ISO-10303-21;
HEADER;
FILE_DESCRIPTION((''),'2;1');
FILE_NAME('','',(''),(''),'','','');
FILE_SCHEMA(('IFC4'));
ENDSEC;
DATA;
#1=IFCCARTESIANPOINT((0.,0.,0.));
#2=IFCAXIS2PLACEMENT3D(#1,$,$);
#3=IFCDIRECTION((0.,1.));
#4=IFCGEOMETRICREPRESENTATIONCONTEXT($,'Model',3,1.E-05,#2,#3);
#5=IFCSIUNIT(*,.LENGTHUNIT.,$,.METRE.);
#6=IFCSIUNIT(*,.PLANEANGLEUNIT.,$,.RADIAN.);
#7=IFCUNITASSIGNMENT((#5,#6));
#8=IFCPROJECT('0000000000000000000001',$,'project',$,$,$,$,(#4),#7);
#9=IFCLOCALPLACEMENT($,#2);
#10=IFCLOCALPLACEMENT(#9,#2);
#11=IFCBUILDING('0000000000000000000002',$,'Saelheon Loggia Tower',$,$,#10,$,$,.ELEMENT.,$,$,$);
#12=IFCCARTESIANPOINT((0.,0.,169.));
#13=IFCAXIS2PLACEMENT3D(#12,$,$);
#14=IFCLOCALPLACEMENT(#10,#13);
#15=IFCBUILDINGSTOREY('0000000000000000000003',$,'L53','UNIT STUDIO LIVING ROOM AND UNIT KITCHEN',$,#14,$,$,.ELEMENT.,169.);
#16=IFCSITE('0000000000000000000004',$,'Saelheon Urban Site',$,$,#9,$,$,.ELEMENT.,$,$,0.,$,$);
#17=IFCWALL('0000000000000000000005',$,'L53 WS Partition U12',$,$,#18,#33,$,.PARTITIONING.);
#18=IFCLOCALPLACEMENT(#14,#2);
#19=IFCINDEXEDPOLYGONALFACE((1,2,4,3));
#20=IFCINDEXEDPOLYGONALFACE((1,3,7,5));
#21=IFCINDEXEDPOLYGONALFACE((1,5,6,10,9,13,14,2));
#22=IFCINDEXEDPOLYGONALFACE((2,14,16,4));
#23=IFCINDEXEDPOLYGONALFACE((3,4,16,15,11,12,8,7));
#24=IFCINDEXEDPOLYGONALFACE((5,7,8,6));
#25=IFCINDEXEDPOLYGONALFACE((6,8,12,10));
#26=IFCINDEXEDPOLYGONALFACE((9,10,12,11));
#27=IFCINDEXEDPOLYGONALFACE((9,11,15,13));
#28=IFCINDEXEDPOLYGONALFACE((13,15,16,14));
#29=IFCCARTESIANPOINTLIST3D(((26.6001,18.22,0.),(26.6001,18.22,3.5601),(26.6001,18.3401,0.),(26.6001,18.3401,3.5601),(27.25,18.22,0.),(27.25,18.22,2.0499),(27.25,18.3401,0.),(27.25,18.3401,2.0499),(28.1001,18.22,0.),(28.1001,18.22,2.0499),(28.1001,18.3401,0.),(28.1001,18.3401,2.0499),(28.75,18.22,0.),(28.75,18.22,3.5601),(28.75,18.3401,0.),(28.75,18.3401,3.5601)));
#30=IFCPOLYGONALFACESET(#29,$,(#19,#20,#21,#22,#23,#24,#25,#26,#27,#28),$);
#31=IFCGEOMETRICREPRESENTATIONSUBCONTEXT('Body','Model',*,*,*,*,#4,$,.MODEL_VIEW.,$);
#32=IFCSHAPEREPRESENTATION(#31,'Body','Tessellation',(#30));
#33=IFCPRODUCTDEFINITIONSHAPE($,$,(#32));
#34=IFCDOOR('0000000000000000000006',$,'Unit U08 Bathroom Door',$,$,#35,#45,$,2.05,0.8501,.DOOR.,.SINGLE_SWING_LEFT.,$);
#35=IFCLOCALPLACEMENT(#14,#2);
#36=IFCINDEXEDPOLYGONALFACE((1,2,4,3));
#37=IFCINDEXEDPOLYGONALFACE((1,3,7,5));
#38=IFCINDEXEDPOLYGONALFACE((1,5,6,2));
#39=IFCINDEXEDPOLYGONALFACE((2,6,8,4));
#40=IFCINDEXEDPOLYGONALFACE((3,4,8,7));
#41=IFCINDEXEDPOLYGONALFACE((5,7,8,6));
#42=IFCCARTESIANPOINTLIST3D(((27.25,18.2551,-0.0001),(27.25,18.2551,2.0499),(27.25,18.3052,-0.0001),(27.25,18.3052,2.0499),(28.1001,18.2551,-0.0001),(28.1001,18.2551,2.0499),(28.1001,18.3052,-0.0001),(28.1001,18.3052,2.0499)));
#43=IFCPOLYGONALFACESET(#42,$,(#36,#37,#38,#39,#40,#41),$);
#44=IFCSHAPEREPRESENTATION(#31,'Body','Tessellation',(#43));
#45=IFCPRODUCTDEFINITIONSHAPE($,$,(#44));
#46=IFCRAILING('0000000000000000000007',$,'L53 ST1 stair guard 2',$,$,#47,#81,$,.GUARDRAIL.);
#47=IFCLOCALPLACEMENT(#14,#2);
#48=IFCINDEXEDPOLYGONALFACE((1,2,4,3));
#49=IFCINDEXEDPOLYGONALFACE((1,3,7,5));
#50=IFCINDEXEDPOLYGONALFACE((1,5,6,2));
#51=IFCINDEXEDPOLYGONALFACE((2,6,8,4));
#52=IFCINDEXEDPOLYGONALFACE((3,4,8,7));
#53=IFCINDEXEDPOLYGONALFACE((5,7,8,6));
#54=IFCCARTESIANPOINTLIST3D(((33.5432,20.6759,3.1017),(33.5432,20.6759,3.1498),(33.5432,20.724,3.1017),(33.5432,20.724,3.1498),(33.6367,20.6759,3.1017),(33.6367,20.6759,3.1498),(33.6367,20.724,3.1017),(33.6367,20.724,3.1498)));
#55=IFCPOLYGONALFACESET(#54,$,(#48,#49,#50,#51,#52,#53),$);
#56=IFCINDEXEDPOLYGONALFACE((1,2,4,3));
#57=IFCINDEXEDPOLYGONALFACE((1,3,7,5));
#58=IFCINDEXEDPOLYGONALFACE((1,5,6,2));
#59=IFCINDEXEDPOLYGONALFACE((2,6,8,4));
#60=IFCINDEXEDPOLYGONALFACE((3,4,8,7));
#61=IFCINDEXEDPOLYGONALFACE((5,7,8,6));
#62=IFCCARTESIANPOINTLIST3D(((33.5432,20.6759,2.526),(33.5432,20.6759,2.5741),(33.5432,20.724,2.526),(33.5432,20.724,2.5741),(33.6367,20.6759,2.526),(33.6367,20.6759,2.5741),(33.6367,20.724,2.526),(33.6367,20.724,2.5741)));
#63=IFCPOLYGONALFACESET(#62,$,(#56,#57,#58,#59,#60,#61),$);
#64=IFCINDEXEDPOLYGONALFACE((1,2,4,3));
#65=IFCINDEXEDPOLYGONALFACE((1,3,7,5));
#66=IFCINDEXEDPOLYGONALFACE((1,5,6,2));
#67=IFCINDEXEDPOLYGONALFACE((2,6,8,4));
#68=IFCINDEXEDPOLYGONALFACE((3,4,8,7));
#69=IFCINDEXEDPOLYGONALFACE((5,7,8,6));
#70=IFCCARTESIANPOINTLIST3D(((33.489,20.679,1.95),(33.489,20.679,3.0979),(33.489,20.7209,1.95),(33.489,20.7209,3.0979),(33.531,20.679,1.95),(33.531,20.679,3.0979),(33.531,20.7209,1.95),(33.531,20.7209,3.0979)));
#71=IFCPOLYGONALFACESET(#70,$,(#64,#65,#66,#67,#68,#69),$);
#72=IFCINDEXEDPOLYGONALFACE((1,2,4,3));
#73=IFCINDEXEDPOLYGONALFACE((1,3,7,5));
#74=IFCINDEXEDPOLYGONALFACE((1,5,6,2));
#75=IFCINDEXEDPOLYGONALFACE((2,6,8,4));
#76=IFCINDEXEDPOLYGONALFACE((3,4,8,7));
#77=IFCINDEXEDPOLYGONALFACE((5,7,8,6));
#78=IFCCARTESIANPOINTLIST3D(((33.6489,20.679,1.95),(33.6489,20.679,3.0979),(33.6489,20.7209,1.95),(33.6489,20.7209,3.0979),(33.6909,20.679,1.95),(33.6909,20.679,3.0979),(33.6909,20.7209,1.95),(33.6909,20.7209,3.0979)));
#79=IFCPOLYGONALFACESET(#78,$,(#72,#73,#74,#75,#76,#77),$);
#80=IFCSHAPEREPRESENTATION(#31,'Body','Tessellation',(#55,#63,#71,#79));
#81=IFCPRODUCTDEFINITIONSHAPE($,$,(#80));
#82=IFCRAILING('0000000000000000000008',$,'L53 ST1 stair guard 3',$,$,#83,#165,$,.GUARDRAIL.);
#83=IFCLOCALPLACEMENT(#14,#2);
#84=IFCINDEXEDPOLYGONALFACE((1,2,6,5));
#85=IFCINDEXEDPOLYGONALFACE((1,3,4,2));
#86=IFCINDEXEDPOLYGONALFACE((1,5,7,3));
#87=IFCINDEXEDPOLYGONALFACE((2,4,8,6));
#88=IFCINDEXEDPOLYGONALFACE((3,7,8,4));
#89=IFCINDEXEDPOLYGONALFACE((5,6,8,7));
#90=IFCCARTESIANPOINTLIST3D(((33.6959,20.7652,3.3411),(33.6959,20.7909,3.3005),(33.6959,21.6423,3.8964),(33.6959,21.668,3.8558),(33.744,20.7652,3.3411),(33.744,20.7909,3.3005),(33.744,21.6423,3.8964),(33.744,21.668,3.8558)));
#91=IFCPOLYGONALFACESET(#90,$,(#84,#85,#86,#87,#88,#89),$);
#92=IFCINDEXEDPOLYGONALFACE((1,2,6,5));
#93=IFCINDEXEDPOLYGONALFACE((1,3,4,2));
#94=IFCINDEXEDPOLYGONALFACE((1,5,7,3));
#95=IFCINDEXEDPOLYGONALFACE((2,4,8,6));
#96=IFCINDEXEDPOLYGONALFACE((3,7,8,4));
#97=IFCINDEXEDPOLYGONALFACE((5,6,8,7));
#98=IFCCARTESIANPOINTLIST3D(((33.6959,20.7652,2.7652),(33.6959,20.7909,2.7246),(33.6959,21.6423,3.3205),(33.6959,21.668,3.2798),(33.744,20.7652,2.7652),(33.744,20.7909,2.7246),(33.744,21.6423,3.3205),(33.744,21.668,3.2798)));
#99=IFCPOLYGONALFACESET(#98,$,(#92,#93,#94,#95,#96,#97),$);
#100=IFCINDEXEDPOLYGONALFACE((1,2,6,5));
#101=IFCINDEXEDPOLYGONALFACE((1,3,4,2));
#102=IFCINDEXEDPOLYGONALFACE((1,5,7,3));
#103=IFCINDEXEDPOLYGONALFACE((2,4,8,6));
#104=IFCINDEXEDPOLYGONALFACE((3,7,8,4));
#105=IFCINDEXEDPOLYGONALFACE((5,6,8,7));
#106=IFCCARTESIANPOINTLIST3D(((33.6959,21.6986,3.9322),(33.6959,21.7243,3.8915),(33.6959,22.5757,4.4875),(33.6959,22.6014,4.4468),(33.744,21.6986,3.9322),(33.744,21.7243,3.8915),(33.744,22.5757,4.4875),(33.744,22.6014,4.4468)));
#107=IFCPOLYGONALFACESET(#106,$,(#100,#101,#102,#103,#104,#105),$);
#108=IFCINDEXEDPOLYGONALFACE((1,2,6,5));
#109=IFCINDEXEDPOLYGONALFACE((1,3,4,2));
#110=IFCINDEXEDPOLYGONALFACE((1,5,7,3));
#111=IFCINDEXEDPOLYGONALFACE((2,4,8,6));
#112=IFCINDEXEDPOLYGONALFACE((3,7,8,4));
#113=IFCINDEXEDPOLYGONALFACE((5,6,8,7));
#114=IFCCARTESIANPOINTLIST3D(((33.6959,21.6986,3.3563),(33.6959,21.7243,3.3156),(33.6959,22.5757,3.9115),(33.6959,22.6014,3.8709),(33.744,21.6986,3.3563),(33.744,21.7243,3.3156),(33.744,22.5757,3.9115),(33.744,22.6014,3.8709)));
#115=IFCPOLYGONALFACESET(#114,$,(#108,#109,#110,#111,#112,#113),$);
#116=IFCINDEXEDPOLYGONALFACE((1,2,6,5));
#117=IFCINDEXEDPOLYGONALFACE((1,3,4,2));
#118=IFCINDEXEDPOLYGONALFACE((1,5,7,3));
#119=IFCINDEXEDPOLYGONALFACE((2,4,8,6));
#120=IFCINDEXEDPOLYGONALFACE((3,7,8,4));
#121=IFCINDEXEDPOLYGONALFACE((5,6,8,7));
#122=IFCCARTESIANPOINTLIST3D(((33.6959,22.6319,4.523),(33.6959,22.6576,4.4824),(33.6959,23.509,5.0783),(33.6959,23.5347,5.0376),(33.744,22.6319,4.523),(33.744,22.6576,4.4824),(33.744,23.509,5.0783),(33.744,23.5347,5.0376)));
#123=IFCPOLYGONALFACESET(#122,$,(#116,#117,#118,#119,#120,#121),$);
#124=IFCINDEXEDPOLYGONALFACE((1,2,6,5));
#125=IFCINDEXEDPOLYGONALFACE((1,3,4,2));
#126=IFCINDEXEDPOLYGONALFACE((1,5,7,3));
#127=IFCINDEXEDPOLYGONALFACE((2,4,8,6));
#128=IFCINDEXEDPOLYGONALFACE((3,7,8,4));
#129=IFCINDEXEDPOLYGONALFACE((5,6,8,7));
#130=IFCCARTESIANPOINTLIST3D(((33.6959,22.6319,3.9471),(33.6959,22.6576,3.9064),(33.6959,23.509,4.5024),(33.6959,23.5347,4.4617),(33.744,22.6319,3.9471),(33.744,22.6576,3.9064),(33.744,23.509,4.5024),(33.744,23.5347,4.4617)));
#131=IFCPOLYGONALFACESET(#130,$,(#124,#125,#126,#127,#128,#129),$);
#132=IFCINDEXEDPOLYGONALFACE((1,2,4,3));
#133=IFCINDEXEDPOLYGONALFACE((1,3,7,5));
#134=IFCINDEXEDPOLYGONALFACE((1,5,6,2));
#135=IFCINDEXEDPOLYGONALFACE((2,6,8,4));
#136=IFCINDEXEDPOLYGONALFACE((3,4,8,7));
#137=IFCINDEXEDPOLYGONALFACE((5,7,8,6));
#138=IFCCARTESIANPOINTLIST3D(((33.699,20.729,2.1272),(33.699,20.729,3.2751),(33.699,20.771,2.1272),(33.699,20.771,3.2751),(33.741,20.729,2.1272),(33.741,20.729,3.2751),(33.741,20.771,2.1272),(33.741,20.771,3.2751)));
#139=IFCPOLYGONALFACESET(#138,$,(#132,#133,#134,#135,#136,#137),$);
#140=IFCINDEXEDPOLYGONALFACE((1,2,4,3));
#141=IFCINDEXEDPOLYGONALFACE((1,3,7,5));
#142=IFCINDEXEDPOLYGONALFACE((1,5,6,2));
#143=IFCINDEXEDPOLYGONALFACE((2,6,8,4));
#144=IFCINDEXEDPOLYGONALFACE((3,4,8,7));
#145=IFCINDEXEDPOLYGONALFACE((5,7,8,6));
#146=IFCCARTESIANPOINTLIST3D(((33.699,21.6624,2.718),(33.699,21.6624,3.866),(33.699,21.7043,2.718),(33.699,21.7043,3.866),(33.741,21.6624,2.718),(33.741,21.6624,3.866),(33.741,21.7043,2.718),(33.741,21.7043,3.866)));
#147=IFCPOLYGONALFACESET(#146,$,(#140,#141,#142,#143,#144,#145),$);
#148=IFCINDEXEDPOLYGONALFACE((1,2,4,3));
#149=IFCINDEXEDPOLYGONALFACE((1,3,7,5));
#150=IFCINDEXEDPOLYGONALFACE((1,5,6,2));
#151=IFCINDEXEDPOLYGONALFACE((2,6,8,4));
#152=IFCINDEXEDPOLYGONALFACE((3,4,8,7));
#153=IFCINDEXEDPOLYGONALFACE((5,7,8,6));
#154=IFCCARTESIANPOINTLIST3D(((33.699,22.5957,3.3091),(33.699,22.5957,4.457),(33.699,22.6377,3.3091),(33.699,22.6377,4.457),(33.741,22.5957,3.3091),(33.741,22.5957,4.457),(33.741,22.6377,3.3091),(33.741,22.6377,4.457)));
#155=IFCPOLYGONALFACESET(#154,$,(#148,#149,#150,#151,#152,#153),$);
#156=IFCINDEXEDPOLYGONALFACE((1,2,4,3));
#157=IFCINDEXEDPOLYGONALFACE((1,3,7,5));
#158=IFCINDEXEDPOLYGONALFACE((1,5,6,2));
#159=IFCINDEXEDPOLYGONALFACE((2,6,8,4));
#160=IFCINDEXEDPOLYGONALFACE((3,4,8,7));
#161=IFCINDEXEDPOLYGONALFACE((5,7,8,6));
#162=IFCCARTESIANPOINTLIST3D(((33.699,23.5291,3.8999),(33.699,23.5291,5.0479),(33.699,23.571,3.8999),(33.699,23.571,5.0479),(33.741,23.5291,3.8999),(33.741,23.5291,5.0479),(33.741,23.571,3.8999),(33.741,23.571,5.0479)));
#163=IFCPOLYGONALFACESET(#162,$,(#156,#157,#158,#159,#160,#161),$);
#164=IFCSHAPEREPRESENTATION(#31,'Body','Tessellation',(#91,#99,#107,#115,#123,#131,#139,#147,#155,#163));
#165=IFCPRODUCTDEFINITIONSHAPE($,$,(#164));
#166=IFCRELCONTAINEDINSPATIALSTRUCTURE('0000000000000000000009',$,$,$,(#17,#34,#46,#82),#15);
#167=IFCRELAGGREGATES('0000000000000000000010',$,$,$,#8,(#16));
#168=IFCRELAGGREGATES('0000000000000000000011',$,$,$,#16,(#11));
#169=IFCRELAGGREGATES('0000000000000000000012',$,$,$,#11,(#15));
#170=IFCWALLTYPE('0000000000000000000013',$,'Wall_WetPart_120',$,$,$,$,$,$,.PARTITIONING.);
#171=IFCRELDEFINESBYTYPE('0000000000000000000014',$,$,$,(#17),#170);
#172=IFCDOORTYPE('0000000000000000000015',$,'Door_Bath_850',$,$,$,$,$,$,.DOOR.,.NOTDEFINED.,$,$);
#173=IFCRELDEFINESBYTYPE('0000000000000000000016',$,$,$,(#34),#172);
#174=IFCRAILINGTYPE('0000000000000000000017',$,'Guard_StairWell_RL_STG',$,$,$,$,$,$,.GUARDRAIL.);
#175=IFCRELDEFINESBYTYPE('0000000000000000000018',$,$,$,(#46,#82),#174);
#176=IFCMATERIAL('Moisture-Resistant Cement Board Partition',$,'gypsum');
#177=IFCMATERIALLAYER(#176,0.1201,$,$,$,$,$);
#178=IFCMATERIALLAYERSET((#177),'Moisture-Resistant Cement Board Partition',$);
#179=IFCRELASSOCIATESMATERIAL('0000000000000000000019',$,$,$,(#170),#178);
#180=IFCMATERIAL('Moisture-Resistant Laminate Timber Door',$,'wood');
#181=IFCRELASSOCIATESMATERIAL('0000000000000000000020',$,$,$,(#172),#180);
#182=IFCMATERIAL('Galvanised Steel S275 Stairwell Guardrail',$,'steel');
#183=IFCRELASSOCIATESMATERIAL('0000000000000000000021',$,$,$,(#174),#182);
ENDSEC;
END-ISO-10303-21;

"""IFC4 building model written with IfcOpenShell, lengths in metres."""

from ifc_helpers import new_model, si_unit, direction, frame, frame_2d, origin, origin_2d, place, context, subcontext, project, spatial, rectangle, extrude, source, transform, mapped, material, layer, layer_set, type_object, element, fill, save


model = new_model("IFC4")

# Units and contexts
model_context = context("Model", 3, precision=1e-05, world=origin(), true_north=direction((0.0, 1.0)))
body_context = subcontext(model_context, "Body", "Model", "MODEL_VIEW")
ifc_project = project(units=[si_unit("LENGTHUNIT", "METRE"), si_unit("PLANEANGLEUNIT", "RADIAN")], contexts=[model_context])

# Site, building, storey
site_placement = place(None, origin())
site = spatial("IfcSite", under=ifc_project, at=site_placement, Name="Saelheon Urban Site", CompositionType="ELEMENT", RefElevation=0.0)
building_placement = place(site_placement, origin())
building = spatial("IfcBuilding", under=site, at=building_placement, Name="Saelheon Loggia Tower", CompositionType="ELEMENT")
storey_placement = place(building_placement, frame((0.0, 0.0, 169.0)))
storey = spatial("IfcBuildingStorey", under=building, at=storey_placement, Name="L53", Description="UNIT STUDIO LIVING ROOM AND UNIT KITCHEN", CompositionType="ELEMENT", Elevation=169.0)

# Wall, opening, door
ifc_material_1 = material(Name="Moisture-Resistant Cement Board Partition", Category="gypsum")
ifc_layer_1 = layer(ifc_material_1, 0.1201)
ifc_layer_set_1 = layer_set([ifc_layer_1], Name="Moisture-Resistant Cement Board Partition")
wall_type_1 = type_object("IfcWallType", Name="Wall_WetPart_120", PredefinedType="PARTITIONING", material=ifc_layer_set_1)
wall_1_placement = place(storey_placement, frame((28.75, 18.28, 0.0), z_axis=(0.0, 0.0, 1.0), x_axis=(-1.0, 0.0, 0.0)))
wall_1 = element("IfcWall", 1, at=wall_1_placement, inside=storey, type_object=wall_type_1, Name="L53 WS Partition U12", PredefinedType="PARTITIONING", context=body_context, shape_type="SweptSolid", body=[
    extrude(rectangle(XDim=2.1499, YDim=0.1201, at=frame_2d((1.075, 0.0))), origin(), (0.0, 0.0, 1.0), 3.5601),
])
opening_1_placement = place(wall_1_placement, frame((0.6499, 0.0, 0.0)))
opening_1 = element("IfcOpeningElement", 2, at=opening_1_placement, cuts=wall_1, PredefinedType="OPENING", context=body_context, shape_type="SweptSolid", body=[
    extrude(rectangle(XDim=0.8501, YDim=2.05, at=frame_2d((0.425, 1.0249))), frame((0.0, 0.072, 0.0), z_axis=(0.0, -1.0, 0.0), x_axis=(1.0, 0.0, 0.0)), (0.0, 0.0, 1.0), 0.144),
])
ifc_material_2 = material(Name="Moisture-Resistant Laminate Timber Door", Category="wood")
door_type_1 = type_object("IfcDoorType", Name="Door_Bath_850", OperationType="NOTDEFINED", PredefinedType="DOOR", material=ifc_material_2)
shared_shape_1 = source(origin(), body_context, "Body", "SweptSolid", [
    extrude(rectangle(XDim=0.8501, YDim=2.05, at=frame_2d((0.425, 1.0249))), frame((0.0, 0.0249, 0.0), z_axis=(0.0, -1.0, 0.0), x_axis=(1.0, 0.0, 0.0)), (0.0, 0.0, 1.0), 0.05),
])
door_1_placement = place(opening_1_placement, origin())
door_1 = element("IfcDoor", 3, at=door_1_placement, inside=storey, type_object=door_type_1, Name="Unit U08 Bathroom Door", OperationType="SINGLE_SWING_LEFT", OverallHeight=2.05, OverallWidth=0.8501, PredefinedType="DOOR", context=body_context, shape_type="MappedRepresentation", body=[
    mapped(shared_shape_1, transform((0.0, 0.0, 0.0), scale=1.0)),
])
fill(opening_1, door_1)

# Railings
ifc_material_3 = material(Name="Galvanised Steel S275 Stairwell Guardrail", Category="steel")
railing_type_1 = type_object("IfcRailingType", Name="Guard_StairWell_RL_STG", PredefinedType="GUARDRAIL", material=ifc_material_3)
railing_1_placement = place(storey_placement, frame((33.51, 20.7, 1.95)))
element("IfcRailing", 4, at=railing_1_placement, inside=storey, type_object=railing_type_1, Name="L53 ST1 stair guard 2", PredefinedType="GUARDRAIL", context=body_context, shape_type="SweptSolid", body=[
    extrude(rectangle(XDim=0.0481, YDim=0.0481, at=origin_2d()), frame((0.0332, 0.0, 1.1758), z_axis=(1.0, 0.0, 0.0), x_axis=(0.0, 1.0, 0.0)), (0.0, 0.0, 1.0), 0.0935),
    extrude(rectangle(XDim=0.0481, YDim=0.0481, at=origin_2d()), frame((0.0332, 0.0, 0.6001), z_axis=(1.0, 0.0, 0.0), x_axis=(0.0, 1.0, 0.0)), (0.0, 0.0, 1.0), 0.0935),
    extrude(rectangle(XDim=0.042, YDim=0.042, at=origin_2d()), origin(), (0.0, 0.0, 1.0), 1.1479),
    extrude(rectangle(XDim=0.042, YDim=0.042, at=origin_2d()), frame((0.1599, 0.0, 0.0)), (0.0, 0.0, 1.0), 1.1479),
])
railing_2_placement = place(storey_placement, frame((33.72, 20.75, 2.1272)))
element("IfcRailing", 5, at=railing_2_placement, inside=storey, type_object=railing_type_1, Name="L53 ST1 stair guard 3", PredefinedType="GUARDRAIL", context=body_context, shape_type="SweptSolid", body=[
    extrude(rectangle(XDim=0.0481, YDim=0.0481, at=origin_2d()), frame((0.0, 0.0281, 1.1936), z_axis=(0.0, 0.844909, 0.53491), x_axis=(-1.0, 0.0, 0.0)), (0.0, 0.0, 1.0), 1.0381),
    extrude(rectangle(XDim=0.0481, YDim=0.0481, at=origin_2d()), frame((0.0, 0.0281, 0.6177), z_axis=(0.0, 0.844909, 0.53491), x_axis=(-1.0, 0.0, 0.0)), (0.0, 0.0, 1.0), 1.0381),
    extrude(rectangle(XDim=0.0481, YDim=0.0481, at=origin_2d()), frame((0.0, 0.9614, 1.7847), z_axis=(0.0, 0.844909, 0.53491), x_axis=(-1.0, 0.0, 0.0)), (0.0, 0.0, 1.0), 1.0381),
    extrude(rectangle(XDim=0.0481, YDim=0.0481, at=origin_2d()), frame((0.0, 0.9614, 1.2087), z_axis=(0.0, 0.844909, 0.53491), x_axis=(-1.0, 0.0, 0.0)), (0.0, 0.0, 1.0), 1.0381),
    extrude(rectangle(XDim=0.0481, YDim=0.0481, at=origin_2d()), frame((0.0, 1.8948, 2.3755), z_axis=(0.0, 0.844909, 0.53491), x_axis=(-1.0, 0.0, 0.0)), (0.0, 0.0, 1.0), 1.0381),
    extrude(rectangle(XDim=0.0481, YDim=0.0481, at=origin_2d()), frame((0.0, 1.8948, 1.7996), z_axis=(0.0, 0.844909, 0.53491), x_axis=(-1.0, 0.0, 0.0)), (0.0, 0.0, 1.0), 1.0381),
    extrude(rectangle(XDim=0.042, YDim=0.042, at=origin_2d()), origin(), (0.0, 0.0, 1.0), 1.1479),
    extrude(rectangle(XDim=0.042, YDim=0.042, at=origin_2d()), frame((0.0, 0.9333, 0.5908)), (0.0, 0.0, 1.0), 1.1479),
    extrude(rectangle(XDim=0.042, YDim=0.042, at=origin_2d()), frame((0.0, 1.8667, 1.1819)), (0.0, 0.0, 1.0), 1.1479),
    extrude(rectangle(XDim=0.042, YDim=0.042, at=origin_2d()), frame((0.0, 2.8, 1.7727)), (0.0, 0.0, 1.0), 1.1479),
])

save(model, "model.ifc")
